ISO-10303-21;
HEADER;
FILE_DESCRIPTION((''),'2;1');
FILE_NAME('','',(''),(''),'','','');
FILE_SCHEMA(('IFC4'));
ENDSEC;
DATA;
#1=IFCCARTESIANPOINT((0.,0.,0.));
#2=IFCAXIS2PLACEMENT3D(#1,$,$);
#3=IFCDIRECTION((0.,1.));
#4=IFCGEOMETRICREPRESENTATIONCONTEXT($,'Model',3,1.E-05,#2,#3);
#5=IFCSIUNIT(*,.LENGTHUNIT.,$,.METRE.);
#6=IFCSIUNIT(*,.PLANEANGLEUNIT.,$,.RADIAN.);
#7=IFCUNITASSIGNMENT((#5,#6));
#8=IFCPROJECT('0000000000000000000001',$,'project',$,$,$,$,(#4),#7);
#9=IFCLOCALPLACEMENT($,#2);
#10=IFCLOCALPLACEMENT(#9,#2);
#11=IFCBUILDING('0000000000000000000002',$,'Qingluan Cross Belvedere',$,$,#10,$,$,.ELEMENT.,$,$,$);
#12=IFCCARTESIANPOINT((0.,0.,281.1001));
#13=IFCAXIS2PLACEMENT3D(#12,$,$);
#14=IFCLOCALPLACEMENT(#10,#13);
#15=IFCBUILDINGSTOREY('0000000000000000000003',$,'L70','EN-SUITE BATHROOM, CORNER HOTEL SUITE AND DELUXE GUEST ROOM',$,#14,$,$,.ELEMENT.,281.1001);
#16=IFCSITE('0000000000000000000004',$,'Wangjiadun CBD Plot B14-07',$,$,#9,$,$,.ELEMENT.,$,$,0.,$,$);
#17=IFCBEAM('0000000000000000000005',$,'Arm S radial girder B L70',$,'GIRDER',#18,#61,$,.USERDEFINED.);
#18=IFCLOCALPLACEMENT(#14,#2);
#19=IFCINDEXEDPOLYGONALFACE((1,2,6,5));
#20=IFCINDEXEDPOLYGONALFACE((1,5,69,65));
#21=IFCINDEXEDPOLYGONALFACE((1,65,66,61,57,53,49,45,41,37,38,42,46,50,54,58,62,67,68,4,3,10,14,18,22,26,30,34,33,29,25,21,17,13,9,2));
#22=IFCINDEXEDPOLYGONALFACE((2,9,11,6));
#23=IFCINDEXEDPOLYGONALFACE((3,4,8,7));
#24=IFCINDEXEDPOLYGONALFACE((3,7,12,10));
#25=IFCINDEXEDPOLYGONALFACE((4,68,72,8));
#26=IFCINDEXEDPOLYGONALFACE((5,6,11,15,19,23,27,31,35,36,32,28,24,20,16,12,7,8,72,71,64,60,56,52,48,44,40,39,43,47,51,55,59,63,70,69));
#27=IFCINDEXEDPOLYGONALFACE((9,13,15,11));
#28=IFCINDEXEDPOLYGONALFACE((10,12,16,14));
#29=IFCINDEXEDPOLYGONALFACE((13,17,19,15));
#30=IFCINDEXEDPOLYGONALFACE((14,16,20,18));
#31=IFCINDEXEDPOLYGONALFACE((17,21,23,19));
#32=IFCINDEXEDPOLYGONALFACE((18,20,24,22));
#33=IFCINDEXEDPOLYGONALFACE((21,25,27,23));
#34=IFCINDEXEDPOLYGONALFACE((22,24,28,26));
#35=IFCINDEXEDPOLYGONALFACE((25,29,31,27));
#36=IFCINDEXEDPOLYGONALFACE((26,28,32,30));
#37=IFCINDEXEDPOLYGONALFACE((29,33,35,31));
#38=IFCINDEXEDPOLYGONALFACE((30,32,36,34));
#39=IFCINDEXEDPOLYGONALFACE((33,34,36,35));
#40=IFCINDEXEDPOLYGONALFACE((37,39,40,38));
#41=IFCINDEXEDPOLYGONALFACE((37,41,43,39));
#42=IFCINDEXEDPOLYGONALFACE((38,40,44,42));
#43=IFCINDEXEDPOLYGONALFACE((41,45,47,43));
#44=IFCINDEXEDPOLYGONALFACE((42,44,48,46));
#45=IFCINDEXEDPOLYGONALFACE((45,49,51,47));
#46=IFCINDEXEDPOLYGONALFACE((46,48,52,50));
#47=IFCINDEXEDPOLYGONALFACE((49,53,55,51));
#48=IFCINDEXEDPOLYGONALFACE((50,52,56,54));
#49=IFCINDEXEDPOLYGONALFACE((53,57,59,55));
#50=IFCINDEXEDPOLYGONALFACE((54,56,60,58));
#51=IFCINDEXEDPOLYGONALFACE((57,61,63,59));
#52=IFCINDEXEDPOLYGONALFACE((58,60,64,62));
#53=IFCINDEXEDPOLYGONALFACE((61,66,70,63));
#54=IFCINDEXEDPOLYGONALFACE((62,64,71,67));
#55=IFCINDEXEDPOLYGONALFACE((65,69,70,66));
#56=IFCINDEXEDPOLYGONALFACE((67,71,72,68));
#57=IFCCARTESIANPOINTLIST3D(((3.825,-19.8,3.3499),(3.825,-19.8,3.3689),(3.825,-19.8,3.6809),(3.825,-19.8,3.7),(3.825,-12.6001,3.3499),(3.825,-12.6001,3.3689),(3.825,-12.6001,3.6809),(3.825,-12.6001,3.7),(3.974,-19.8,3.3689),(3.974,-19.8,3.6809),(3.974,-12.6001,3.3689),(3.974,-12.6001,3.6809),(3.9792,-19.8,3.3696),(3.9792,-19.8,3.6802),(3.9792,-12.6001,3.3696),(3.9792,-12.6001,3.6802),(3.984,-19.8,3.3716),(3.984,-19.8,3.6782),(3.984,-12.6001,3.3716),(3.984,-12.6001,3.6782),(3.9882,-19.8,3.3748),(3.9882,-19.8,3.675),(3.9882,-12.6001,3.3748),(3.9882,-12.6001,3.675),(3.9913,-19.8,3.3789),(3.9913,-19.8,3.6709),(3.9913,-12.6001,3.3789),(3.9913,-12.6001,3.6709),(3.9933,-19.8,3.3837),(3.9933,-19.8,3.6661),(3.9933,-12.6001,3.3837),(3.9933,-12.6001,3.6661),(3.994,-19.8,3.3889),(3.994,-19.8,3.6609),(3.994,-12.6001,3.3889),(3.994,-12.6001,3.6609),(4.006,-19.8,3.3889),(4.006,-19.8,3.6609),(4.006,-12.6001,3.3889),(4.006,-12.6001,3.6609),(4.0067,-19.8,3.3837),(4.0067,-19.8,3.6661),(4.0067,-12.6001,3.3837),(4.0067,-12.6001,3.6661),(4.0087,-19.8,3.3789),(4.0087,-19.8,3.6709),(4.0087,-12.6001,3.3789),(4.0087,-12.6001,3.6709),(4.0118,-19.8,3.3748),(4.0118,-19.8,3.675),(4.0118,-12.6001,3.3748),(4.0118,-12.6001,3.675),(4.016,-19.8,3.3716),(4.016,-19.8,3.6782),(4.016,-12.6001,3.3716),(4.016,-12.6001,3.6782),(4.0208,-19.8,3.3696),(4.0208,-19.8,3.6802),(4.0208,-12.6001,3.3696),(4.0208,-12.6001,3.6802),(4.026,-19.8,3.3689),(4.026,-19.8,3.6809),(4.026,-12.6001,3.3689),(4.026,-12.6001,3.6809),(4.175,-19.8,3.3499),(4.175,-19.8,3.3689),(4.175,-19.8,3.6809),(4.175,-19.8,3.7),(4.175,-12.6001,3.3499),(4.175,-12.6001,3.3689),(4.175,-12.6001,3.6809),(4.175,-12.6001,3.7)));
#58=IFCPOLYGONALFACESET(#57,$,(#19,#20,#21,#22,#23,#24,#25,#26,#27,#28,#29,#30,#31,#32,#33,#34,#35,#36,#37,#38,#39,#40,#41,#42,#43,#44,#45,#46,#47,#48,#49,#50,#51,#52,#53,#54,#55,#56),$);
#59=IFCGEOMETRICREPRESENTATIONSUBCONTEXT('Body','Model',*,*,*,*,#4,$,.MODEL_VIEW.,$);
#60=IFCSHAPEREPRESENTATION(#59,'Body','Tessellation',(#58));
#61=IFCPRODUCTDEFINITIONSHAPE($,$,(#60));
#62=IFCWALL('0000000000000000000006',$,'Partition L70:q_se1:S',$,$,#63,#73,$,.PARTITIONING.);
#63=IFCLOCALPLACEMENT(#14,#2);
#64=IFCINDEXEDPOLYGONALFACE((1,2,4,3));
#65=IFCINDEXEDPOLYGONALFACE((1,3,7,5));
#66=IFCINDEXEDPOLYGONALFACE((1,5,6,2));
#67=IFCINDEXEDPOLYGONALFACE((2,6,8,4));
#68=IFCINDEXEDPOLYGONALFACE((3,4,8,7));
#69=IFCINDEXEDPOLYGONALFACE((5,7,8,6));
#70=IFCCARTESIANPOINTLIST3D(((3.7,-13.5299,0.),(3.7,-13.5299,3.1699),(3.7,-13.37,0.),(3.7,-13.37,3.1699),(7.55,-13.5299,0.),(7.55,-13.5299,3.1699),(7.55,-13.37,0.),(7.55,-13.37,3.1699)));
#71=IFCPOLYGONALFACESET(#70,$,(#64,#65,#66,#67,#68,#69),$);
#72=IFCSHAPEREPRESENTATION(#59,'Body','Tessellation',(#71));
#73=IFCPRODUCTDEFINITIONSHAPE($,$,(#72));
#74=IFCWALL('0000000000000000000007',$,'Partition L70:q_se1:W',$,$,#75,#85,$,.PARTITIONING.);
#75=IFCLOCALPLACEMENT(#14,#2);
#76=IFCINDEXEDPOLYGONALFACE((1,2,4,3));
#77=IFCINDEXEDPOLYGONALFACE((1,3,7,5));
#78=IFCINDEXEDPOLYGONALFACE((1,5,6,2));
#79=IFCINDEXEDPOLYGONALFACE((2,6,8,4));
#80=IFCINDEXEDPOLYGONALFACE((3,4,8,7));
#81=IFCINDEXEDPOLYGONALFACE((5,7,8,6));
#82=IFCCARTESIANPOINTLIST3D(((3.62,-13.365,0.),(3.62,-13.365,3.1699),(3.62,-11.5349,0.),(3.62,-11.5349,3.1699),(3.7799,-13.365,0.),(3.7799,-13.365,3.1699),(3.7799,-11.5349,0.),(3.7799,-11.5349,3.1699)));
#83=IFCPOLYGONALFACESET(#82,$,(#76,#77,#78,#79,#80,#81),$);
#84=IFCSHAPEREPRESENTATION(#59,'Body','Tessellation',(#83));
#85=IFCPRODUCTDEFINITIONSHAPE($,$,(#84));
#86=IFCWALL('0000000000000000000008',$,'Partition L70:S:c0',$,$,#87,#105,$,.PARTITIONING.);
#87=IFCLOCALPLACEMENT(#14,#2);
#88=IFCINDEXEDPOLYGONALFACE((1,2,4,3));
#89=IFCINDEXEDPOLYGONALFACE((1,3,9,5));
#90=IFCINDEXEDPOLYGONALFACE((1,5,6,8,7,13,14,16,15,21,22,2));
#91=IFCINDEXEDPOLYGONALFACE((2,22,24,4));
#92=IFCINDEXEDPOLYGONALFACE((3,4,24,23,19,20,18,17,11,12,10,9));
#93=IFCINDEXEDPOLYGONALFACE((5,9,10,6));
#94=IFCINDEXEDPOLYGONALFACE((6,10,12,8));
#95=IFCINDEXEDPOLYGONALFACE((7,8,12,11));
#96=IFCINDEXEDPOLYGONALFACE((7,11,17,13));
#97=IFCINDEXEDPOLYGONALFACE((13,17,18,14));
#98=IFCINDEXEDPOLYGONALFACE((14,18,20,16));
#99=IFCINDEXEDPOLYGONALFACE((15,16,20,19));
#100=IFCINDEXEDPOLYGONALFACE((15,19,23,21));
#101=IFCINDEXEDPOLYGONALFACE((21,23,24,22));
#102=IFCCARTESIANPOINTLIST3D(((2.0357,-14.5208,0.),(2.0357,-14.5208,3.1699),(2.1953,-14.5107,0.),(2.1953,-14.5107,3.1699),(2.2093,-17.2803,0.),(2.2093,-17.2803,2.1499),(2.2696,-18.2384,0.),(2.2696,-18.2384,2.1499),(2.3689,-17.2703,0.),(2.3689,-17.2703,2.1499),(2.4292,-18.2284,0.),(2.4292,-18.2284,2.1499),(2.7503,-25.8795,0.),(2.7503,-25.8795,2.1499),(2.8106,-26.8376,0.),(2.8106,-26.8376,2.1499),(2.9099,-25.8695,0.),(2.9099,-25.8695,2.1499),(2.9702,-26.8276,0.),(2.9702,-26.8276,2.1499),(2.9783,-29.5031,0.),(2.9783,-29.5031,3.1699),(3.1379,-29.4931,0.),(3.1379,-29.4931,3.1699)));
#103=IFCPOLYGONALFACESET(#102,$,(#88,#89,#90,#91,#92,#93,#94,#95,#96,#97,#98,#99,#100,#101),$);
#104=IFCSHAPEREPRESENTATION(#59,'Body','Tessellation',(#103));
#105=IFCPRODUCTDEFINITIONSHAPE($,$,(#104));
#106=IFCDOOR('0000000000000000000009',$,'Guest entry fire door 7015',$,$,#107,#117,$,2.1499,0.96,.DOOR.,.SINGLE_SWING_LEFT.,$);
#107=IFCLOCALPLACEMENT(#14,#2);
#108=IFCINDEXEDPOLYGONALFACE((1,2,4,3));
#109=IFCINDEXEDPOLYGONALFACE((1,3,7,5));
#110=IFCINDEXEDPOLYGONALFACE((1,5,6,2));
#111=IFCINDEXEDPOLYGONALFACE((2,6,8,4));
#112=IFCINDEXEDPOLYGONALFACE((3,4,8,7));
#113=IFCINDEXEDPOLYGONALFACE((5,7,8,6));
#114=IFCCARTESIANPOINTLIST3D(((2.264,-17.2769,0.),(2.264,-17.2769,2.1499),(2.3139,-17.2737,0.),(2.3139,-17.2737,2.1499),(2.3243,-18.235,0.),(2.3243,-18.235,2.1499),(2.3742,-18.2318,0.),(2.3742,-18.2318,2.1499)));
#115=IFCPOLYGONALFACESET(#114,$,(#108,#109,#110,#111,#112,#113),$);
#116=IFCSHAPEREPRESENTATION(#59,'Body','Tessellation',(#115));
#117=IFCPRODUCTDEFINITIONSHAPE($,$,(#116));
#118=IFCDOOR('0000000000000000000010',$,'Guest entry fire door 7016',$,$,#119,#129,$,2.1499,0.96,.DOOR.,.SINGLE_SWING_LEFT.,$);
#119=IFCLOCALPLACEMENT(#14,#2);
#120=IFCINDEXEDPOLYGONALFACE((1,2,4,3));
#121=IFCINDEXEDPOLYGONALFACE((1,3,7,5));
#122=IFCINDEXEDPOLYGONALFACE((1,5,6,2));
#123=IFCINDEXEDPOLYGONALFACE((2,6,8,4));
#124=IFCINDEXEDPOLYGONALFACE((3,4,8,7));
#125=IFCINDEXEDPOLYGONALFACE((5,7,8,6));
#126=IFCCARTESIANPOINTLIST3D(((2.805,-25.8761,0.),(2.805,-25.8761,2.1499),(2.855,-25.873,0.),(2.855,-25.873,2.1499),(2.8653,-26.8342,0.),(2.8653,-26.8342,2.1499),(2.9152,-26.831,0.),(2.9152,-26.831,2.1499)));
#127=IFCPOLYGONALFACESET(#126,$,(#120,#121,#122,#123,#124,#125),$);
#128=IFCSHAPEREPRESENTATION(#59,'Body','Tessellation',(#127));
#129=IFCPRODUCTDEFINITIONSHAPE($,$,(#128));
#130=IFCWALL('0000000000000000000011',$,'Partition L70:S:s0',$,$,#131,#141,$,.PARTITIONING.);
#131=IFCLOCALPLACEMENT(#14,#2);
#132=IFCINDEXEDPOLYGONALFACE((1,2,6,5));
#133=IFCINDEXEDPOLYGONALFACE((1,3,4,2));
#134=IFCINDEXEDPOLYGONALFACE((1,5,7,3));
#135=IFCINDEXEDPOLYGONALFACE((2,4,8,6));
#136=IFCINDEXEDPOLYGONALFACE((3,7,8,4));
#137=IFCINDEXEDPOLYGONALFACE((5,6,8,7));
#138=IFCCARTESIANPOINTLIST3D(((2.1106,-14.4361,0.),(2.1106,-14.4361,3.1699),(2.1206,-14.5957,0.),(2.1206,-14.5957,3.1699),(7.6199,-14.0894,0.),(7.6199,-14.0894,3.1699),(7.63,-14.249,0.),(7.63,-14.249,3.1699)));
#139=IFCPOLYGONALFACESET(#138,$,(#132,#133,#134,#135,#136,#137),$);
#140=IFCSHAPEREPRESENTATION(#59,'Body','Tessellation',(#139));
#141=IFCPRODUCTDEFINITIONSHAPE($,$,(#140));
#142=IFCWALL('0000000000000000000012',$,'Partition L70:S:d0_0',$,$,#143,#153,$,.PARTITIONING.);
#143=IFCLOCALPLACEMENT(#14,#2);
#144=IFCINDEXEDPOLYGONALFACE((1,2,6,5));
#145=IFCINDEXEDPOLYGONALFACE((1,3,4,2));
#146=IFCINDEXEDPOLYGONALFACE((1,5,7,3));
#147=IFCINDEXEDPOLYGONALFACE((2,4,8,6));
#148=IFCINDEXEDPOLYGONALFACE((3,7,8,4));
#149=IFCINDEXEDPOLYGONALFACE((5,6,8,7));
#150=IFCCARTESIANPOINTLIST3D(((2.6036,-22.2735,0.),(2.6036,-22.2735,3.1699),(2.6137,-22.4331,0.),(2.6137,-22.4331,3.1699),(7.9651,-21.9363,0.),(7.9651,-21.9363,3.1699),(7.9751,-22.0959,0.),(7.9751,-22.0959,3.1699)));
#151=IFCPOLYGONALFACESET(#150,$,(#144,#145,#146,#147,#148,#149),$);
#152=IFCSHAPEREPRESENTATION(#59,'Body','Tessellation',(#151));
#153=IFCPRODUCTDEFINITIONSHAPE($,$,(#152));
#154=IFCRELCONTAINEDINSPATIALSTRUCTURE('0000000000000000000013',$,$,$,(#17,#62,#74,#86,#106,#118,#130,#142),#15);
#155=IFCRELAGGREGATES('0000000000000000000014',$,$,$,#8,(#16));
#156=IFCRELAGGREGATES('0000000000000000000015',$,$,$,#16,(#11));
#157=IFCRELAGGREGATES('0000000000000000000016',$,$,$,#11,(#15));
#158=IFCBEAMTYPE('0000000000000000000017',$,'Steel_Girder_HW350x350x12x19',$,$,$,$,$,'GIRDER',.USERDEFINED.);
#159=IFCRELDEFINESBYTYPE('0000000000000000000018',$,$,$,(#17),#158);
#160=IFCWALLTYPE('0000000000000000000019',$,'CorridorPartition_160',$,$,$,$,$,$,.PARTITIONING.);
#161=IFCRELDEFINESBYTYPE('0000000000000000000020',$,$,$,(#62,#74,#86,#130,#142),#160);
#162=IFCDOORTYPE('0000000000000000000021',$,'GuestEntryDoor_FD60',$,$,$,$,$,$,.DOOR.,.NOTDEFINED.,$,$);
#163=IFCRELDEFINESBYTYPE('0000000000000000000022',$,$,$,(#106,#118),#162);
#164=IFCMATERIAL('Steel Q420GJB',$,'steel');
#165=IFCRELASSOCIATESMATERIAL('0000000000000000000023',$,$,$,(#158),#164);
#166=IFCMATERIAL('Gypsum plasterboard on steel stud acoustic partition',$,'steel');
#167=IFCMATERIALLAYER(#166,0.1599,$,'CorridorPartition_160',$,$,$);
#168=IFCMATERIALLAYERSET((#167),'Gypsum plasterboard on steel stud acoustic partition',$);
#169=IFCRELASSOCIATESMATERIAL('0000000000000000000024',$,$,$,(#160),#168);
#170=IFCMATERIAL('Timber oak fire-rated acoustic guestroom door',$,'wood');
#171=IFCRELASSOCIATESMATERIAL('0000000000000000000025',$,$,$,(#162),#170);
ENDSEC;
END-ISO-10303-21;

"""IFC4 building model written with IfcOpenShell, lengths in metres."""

from ifc_helpers import new_model, si_unit, direction, frame, frame_2d, origin, origin_2d, place, context, subcontext, project, spatial, rectangle, i_section, extrude, material, layer, layer_set, material_profile, profile_set, type_object, element, fill, save


model = new_model("IFC4")

# Units and contexts
model_context = context("Model", 3, precision=1e-05, world=origin(), true_north=direction((0.0, 1.0)))
body_context = subcontext(model_context, "Body", "Model", "MODEL_VIEW")
ifc_project = project(units=[si_unit("LENGTHUNIT", "METRE"), si_unit("PLANEANGLEUNIT", "RADIAN")], contexts=[model_context])

# Site, building, storey
site_placement = place(None, origin())
site = spatial("IfcSite", under=ifc_project, at=site_placement, Name="Wangjiadun CBD Plot B14-07", CompositionType="ELEMENT", RefElevation=0.0)
building_placement = place(site_placement, origin())
building = spatial("IfcBuilding", under=site, at=building_placement, Name="Qingluan Cross Belvedere", CompositionType="ELEMENT")
storey_placement = place(building_placement, frame((0.0, 0.0, 281.1001)))
storey = spatial("IfcBuildingStorey", under=building, at=storey_placement, Name="L70", Description="EN-SUITE BATHROOM, CORNER HOTEL SUITE AND DELUXE GUEST ROOM", CompositionType="ELEMENT", Elevation=281.1001)

# Beam
ifc_material_1 = material(Name="Steel Q420GJB", Category="steel")
ifc_material_profile_1 = material_profile(ifc_material_1, i_section(OverallWidth=0.3501, OverallDepth=0.3501, WebThickness=0.012, FlangeThickness=0.019, FilletRadius=0.02, at=origin_2d()), Name="HW350x350x12x19")
ifc_profile_set_1 = profile_set([ifc_material_profile_1], Name="Steel Q420GJB")
beam_type = type_object("IfcBeamType", Name="Steel_Girder_HW350x350x12x19", ElementType="GIRDER", PredefinedType="USERDEFINED", material=ifc_profile_set_1)
beam_1_placement = place(storey_placement, frame((4.0, -12.6001, 3.5249), z_axis=(0.0, -1.0, 0.0), x_axis=(1.0, 0.0, 0.0)))
element("IfcBeam", 1, at=beam_1_placement, inside=storey, type_object=beam_type, Name="Arm S radial girder B L70", ObjectType="GIRDER", PredefinedType="USERDEFINED", context=body_context, shape_type="SweptSolid", body=[
    extrude(i_section(OverallWidth=0.3501, OverallDepth=0.3501, WebThickness=0.012, FlangeThickness=0.019, FilletRadius=0.02, at=origin_2d()), origin(), (0.0, 0.0, 1.0), 7.2),
])

# Walls
ifc_material_2 = material(Name="Gypsum plasterboard on steel stud acoustic partition", Category="steel")
ifc_layer_1 = layer(ifc_material_2, 0.1599, Name="CorridorPartition_160")
ifc_layer_set_1 = layer_set([ifc_layer_1], Name="Gypsum plasterboard on steel stud acoustic partition")
wall_type_1 = type_object("IfcWallType", Name="CorridorPartition_160", PredefinedType="PARTITIONING", material=ifc_layer_set_1)
wall_1_placement = place(storey_placement, frame((3.7, -13.45, 0.0), z_axis=(0.0, 0.0, 1.0), x_axis=(1.0, 0.0, 0.0)))
element("IfcWall", 2, at=wall_1_placement, inside=storey, type_object=wall_type_1, Name="Partition L70:q_se1:S", PredefinedType="PARTITIONING", context=body_context, shape_type="SweptSolid", body=[
    extrude(rectangle(XDim=3.8501, YDim=0.1599, at=frame_2d((1.925, 0.0))), origin(), (0.0, 0.0, 1.0), 3.1699),
])
wall_2_placement = place(storey_placement, frame((3.7, -13.365, 0.0), z_axis=(0.0, 0.0, 1.0), x_axis=(0.0, 1.0, 0.0)))
element("IfcWall", 3, at=wall_2_placement, inside=storey, type_object=wall_type_1, Name="Partition L70:q_se1:W", PredefinedType="PARTITIONING", context=body_context, shape_type="SweptSolid", body=[
    extrude(rectangle(XDim=1.8301, YDim=0.1599, at=frame_2d((0.915, 0.0))), origin(), (0.0, 0.0, 1.0), 3.1699),
])

# Wall, openings, doors
wall_3_placement = place(storey_placement, frame((2.1155, -14.5159, 0.0), z_axis=(0.0, 0.0, 1.0), x_axis=(0.062791, -0.998027, 0.0)))
wall_3 = element("IfcWall", 4, at=wall_3_placement, inside=storey, type_object=wall_type_1, Name="Partition L70:S:c0", PredefinedType="PARTITIONING", context=body_context, shape_type="SweptSolid", body=[
    extrude(rectangle(XDim=15.012, YDim=0.1599, at=frame_2d((7.5059, 0.0))), origin(), (0.0, 0.0, 1.0), 3.1699),
])
opening_1_placement = place(wall_3_placement, frame((2.7649, 0.0, 0.0)))
opening_1 = element("IfcOpeningElement", 5, at=opening_1_placement, cuts=wall_3, PredefinedType="OPENING", context=body_context, shape_type="SweptSolid", body=[
    extrude(rectangle(XDim=0.96, YDim=2.1499, at=frame_2d((0.48, 1.075))), frame((0.0, 0.0898, 0.0), z_axis=(0.0, -1.0, 0.0), x_axis=(1.0, 0.0, 0.0)), (0.0, 0.0, 1.0), 0.1799),
])
opening_2_placement = place(wall_3_placement, frame((11.3811, 0.0, 0.0)))
opening_2 = element("IfcOpeningElement", 6, at=opening_2_placement, cuts=wall_3, PredefinedType="OPENING", context=body_context, shape_type="SweptSolid", body=[
    extrude(rectangle(XDim=0.96, YDim=2.1499, at=frame_2d((0.48, 1.075))), frame((0.0, 0.0898, 0.0), z_axis=(0.0, -1.0, 0.0), x_axis=(1.0, 0.0, 0.0)), (0.0, 0.0, 1.0), 0.1799),
])
ifc_material_3 = material(Name="Timber oak fire-rated acoustic guestroom door", Category="wood")
door_type_1 = type_object("IfcDoorType", Name="GuestEntryDoor_FD60", OperationType="NOTDEFINED", PredefinedType="DOOR", material=ifc_material_3)
door_1_placement = place(opening_1_placement, origin())
door_1 = element("IfcDoor", 7, at=door_1_placement, inside=storey, type_object=door_type_1, Name="Guest entry fire door 7015", OperationType="SINGLE_SWING_LEFT", OverallHeight=2.1499, OverallWidth=0.96, PredefinedType="DOOR", context=body_context, shape_type="SweptSolid", body=[
    extrude(rectangle(XDim=0.96, YDim=2.1499, at=frame_2d((0.48, 1.075))), frame((0.0, 0.0249, 0.0), z_axis=(0.0, -1.0, 0.0), x_axis=(1.0, 0.0, 0.0)), (0.0, 0.0, 1.0), 0.05),
])
fill(opening_1, door_1)
door_2_placement = place(opening_2_placement, origin())
door_2 = element("IfcDoor", 8, at=door_2_placement, inside=storey, type_object=door_type_1, Name="Guest entry fire door 7016", OperationType="SINGLE_SWING_LEFT", OverallHeight=2.1499, OverallWidth=0.96, PredefinedType="DOOR", context=body_context, shape_type="SweptSolid", body=[
    extrude(rectangle(XDim=0.96, YDim=2.1499, at=frame_2d((0.48, 1.075))), frame((0.0, 0.0249, 0.0), z_axis=(0.0, -1.0, 0.0), x_axis=(1.0, 0.0, 0.0)), (0.0, 0.0, 1.0), 0.05),
])
fill(opening_2, door_2)

# Walls
wall_4_placement = place(storey_placement, frame((2.1155, -14.5159, 0.0), z_axis=(0.0, 0.0, 1.0), x_axis=(0.998026, 0.062802, 0.0)))
element("IfcWall", 9, at=wall_4_placement, inside=storey, type_object=wall_type_1, Name="Partition L70:S:s0", PredefinedType="PARTITIONING", context=body_context, shape_type="SweptSolid", body=[
    extrude(rectangle(XDim=5.5203, YDim=0.1599, at=frame_2d((2.7603, 0.0))), origin(), (0.0, 0.0, 1.0), 3.1699),
])
wall_5_placement = place(storey_placement, frame((2.6086, -22.3533, 0.0), z_axis=(0.0, 0.0, 1.0), x_axis=(0.998029, 0.06276, 0.0)))
element("IfcWall", 10, at=wall_5_placement, inside=storey, type_object=wall_type_1, Name="Partition L70:S:d0_0", PredefinedType="PARTITIONING", context=body_context, shape_type="SweptSolid", body=[
    extrude(rectangle(XDim=5.3721, YDim=0.1599, at=frame_2d((2.686, 0.0))), origin(), (0.0, 0.0, 1.0), 3.1699),
])

save(model, "model.ifc")
